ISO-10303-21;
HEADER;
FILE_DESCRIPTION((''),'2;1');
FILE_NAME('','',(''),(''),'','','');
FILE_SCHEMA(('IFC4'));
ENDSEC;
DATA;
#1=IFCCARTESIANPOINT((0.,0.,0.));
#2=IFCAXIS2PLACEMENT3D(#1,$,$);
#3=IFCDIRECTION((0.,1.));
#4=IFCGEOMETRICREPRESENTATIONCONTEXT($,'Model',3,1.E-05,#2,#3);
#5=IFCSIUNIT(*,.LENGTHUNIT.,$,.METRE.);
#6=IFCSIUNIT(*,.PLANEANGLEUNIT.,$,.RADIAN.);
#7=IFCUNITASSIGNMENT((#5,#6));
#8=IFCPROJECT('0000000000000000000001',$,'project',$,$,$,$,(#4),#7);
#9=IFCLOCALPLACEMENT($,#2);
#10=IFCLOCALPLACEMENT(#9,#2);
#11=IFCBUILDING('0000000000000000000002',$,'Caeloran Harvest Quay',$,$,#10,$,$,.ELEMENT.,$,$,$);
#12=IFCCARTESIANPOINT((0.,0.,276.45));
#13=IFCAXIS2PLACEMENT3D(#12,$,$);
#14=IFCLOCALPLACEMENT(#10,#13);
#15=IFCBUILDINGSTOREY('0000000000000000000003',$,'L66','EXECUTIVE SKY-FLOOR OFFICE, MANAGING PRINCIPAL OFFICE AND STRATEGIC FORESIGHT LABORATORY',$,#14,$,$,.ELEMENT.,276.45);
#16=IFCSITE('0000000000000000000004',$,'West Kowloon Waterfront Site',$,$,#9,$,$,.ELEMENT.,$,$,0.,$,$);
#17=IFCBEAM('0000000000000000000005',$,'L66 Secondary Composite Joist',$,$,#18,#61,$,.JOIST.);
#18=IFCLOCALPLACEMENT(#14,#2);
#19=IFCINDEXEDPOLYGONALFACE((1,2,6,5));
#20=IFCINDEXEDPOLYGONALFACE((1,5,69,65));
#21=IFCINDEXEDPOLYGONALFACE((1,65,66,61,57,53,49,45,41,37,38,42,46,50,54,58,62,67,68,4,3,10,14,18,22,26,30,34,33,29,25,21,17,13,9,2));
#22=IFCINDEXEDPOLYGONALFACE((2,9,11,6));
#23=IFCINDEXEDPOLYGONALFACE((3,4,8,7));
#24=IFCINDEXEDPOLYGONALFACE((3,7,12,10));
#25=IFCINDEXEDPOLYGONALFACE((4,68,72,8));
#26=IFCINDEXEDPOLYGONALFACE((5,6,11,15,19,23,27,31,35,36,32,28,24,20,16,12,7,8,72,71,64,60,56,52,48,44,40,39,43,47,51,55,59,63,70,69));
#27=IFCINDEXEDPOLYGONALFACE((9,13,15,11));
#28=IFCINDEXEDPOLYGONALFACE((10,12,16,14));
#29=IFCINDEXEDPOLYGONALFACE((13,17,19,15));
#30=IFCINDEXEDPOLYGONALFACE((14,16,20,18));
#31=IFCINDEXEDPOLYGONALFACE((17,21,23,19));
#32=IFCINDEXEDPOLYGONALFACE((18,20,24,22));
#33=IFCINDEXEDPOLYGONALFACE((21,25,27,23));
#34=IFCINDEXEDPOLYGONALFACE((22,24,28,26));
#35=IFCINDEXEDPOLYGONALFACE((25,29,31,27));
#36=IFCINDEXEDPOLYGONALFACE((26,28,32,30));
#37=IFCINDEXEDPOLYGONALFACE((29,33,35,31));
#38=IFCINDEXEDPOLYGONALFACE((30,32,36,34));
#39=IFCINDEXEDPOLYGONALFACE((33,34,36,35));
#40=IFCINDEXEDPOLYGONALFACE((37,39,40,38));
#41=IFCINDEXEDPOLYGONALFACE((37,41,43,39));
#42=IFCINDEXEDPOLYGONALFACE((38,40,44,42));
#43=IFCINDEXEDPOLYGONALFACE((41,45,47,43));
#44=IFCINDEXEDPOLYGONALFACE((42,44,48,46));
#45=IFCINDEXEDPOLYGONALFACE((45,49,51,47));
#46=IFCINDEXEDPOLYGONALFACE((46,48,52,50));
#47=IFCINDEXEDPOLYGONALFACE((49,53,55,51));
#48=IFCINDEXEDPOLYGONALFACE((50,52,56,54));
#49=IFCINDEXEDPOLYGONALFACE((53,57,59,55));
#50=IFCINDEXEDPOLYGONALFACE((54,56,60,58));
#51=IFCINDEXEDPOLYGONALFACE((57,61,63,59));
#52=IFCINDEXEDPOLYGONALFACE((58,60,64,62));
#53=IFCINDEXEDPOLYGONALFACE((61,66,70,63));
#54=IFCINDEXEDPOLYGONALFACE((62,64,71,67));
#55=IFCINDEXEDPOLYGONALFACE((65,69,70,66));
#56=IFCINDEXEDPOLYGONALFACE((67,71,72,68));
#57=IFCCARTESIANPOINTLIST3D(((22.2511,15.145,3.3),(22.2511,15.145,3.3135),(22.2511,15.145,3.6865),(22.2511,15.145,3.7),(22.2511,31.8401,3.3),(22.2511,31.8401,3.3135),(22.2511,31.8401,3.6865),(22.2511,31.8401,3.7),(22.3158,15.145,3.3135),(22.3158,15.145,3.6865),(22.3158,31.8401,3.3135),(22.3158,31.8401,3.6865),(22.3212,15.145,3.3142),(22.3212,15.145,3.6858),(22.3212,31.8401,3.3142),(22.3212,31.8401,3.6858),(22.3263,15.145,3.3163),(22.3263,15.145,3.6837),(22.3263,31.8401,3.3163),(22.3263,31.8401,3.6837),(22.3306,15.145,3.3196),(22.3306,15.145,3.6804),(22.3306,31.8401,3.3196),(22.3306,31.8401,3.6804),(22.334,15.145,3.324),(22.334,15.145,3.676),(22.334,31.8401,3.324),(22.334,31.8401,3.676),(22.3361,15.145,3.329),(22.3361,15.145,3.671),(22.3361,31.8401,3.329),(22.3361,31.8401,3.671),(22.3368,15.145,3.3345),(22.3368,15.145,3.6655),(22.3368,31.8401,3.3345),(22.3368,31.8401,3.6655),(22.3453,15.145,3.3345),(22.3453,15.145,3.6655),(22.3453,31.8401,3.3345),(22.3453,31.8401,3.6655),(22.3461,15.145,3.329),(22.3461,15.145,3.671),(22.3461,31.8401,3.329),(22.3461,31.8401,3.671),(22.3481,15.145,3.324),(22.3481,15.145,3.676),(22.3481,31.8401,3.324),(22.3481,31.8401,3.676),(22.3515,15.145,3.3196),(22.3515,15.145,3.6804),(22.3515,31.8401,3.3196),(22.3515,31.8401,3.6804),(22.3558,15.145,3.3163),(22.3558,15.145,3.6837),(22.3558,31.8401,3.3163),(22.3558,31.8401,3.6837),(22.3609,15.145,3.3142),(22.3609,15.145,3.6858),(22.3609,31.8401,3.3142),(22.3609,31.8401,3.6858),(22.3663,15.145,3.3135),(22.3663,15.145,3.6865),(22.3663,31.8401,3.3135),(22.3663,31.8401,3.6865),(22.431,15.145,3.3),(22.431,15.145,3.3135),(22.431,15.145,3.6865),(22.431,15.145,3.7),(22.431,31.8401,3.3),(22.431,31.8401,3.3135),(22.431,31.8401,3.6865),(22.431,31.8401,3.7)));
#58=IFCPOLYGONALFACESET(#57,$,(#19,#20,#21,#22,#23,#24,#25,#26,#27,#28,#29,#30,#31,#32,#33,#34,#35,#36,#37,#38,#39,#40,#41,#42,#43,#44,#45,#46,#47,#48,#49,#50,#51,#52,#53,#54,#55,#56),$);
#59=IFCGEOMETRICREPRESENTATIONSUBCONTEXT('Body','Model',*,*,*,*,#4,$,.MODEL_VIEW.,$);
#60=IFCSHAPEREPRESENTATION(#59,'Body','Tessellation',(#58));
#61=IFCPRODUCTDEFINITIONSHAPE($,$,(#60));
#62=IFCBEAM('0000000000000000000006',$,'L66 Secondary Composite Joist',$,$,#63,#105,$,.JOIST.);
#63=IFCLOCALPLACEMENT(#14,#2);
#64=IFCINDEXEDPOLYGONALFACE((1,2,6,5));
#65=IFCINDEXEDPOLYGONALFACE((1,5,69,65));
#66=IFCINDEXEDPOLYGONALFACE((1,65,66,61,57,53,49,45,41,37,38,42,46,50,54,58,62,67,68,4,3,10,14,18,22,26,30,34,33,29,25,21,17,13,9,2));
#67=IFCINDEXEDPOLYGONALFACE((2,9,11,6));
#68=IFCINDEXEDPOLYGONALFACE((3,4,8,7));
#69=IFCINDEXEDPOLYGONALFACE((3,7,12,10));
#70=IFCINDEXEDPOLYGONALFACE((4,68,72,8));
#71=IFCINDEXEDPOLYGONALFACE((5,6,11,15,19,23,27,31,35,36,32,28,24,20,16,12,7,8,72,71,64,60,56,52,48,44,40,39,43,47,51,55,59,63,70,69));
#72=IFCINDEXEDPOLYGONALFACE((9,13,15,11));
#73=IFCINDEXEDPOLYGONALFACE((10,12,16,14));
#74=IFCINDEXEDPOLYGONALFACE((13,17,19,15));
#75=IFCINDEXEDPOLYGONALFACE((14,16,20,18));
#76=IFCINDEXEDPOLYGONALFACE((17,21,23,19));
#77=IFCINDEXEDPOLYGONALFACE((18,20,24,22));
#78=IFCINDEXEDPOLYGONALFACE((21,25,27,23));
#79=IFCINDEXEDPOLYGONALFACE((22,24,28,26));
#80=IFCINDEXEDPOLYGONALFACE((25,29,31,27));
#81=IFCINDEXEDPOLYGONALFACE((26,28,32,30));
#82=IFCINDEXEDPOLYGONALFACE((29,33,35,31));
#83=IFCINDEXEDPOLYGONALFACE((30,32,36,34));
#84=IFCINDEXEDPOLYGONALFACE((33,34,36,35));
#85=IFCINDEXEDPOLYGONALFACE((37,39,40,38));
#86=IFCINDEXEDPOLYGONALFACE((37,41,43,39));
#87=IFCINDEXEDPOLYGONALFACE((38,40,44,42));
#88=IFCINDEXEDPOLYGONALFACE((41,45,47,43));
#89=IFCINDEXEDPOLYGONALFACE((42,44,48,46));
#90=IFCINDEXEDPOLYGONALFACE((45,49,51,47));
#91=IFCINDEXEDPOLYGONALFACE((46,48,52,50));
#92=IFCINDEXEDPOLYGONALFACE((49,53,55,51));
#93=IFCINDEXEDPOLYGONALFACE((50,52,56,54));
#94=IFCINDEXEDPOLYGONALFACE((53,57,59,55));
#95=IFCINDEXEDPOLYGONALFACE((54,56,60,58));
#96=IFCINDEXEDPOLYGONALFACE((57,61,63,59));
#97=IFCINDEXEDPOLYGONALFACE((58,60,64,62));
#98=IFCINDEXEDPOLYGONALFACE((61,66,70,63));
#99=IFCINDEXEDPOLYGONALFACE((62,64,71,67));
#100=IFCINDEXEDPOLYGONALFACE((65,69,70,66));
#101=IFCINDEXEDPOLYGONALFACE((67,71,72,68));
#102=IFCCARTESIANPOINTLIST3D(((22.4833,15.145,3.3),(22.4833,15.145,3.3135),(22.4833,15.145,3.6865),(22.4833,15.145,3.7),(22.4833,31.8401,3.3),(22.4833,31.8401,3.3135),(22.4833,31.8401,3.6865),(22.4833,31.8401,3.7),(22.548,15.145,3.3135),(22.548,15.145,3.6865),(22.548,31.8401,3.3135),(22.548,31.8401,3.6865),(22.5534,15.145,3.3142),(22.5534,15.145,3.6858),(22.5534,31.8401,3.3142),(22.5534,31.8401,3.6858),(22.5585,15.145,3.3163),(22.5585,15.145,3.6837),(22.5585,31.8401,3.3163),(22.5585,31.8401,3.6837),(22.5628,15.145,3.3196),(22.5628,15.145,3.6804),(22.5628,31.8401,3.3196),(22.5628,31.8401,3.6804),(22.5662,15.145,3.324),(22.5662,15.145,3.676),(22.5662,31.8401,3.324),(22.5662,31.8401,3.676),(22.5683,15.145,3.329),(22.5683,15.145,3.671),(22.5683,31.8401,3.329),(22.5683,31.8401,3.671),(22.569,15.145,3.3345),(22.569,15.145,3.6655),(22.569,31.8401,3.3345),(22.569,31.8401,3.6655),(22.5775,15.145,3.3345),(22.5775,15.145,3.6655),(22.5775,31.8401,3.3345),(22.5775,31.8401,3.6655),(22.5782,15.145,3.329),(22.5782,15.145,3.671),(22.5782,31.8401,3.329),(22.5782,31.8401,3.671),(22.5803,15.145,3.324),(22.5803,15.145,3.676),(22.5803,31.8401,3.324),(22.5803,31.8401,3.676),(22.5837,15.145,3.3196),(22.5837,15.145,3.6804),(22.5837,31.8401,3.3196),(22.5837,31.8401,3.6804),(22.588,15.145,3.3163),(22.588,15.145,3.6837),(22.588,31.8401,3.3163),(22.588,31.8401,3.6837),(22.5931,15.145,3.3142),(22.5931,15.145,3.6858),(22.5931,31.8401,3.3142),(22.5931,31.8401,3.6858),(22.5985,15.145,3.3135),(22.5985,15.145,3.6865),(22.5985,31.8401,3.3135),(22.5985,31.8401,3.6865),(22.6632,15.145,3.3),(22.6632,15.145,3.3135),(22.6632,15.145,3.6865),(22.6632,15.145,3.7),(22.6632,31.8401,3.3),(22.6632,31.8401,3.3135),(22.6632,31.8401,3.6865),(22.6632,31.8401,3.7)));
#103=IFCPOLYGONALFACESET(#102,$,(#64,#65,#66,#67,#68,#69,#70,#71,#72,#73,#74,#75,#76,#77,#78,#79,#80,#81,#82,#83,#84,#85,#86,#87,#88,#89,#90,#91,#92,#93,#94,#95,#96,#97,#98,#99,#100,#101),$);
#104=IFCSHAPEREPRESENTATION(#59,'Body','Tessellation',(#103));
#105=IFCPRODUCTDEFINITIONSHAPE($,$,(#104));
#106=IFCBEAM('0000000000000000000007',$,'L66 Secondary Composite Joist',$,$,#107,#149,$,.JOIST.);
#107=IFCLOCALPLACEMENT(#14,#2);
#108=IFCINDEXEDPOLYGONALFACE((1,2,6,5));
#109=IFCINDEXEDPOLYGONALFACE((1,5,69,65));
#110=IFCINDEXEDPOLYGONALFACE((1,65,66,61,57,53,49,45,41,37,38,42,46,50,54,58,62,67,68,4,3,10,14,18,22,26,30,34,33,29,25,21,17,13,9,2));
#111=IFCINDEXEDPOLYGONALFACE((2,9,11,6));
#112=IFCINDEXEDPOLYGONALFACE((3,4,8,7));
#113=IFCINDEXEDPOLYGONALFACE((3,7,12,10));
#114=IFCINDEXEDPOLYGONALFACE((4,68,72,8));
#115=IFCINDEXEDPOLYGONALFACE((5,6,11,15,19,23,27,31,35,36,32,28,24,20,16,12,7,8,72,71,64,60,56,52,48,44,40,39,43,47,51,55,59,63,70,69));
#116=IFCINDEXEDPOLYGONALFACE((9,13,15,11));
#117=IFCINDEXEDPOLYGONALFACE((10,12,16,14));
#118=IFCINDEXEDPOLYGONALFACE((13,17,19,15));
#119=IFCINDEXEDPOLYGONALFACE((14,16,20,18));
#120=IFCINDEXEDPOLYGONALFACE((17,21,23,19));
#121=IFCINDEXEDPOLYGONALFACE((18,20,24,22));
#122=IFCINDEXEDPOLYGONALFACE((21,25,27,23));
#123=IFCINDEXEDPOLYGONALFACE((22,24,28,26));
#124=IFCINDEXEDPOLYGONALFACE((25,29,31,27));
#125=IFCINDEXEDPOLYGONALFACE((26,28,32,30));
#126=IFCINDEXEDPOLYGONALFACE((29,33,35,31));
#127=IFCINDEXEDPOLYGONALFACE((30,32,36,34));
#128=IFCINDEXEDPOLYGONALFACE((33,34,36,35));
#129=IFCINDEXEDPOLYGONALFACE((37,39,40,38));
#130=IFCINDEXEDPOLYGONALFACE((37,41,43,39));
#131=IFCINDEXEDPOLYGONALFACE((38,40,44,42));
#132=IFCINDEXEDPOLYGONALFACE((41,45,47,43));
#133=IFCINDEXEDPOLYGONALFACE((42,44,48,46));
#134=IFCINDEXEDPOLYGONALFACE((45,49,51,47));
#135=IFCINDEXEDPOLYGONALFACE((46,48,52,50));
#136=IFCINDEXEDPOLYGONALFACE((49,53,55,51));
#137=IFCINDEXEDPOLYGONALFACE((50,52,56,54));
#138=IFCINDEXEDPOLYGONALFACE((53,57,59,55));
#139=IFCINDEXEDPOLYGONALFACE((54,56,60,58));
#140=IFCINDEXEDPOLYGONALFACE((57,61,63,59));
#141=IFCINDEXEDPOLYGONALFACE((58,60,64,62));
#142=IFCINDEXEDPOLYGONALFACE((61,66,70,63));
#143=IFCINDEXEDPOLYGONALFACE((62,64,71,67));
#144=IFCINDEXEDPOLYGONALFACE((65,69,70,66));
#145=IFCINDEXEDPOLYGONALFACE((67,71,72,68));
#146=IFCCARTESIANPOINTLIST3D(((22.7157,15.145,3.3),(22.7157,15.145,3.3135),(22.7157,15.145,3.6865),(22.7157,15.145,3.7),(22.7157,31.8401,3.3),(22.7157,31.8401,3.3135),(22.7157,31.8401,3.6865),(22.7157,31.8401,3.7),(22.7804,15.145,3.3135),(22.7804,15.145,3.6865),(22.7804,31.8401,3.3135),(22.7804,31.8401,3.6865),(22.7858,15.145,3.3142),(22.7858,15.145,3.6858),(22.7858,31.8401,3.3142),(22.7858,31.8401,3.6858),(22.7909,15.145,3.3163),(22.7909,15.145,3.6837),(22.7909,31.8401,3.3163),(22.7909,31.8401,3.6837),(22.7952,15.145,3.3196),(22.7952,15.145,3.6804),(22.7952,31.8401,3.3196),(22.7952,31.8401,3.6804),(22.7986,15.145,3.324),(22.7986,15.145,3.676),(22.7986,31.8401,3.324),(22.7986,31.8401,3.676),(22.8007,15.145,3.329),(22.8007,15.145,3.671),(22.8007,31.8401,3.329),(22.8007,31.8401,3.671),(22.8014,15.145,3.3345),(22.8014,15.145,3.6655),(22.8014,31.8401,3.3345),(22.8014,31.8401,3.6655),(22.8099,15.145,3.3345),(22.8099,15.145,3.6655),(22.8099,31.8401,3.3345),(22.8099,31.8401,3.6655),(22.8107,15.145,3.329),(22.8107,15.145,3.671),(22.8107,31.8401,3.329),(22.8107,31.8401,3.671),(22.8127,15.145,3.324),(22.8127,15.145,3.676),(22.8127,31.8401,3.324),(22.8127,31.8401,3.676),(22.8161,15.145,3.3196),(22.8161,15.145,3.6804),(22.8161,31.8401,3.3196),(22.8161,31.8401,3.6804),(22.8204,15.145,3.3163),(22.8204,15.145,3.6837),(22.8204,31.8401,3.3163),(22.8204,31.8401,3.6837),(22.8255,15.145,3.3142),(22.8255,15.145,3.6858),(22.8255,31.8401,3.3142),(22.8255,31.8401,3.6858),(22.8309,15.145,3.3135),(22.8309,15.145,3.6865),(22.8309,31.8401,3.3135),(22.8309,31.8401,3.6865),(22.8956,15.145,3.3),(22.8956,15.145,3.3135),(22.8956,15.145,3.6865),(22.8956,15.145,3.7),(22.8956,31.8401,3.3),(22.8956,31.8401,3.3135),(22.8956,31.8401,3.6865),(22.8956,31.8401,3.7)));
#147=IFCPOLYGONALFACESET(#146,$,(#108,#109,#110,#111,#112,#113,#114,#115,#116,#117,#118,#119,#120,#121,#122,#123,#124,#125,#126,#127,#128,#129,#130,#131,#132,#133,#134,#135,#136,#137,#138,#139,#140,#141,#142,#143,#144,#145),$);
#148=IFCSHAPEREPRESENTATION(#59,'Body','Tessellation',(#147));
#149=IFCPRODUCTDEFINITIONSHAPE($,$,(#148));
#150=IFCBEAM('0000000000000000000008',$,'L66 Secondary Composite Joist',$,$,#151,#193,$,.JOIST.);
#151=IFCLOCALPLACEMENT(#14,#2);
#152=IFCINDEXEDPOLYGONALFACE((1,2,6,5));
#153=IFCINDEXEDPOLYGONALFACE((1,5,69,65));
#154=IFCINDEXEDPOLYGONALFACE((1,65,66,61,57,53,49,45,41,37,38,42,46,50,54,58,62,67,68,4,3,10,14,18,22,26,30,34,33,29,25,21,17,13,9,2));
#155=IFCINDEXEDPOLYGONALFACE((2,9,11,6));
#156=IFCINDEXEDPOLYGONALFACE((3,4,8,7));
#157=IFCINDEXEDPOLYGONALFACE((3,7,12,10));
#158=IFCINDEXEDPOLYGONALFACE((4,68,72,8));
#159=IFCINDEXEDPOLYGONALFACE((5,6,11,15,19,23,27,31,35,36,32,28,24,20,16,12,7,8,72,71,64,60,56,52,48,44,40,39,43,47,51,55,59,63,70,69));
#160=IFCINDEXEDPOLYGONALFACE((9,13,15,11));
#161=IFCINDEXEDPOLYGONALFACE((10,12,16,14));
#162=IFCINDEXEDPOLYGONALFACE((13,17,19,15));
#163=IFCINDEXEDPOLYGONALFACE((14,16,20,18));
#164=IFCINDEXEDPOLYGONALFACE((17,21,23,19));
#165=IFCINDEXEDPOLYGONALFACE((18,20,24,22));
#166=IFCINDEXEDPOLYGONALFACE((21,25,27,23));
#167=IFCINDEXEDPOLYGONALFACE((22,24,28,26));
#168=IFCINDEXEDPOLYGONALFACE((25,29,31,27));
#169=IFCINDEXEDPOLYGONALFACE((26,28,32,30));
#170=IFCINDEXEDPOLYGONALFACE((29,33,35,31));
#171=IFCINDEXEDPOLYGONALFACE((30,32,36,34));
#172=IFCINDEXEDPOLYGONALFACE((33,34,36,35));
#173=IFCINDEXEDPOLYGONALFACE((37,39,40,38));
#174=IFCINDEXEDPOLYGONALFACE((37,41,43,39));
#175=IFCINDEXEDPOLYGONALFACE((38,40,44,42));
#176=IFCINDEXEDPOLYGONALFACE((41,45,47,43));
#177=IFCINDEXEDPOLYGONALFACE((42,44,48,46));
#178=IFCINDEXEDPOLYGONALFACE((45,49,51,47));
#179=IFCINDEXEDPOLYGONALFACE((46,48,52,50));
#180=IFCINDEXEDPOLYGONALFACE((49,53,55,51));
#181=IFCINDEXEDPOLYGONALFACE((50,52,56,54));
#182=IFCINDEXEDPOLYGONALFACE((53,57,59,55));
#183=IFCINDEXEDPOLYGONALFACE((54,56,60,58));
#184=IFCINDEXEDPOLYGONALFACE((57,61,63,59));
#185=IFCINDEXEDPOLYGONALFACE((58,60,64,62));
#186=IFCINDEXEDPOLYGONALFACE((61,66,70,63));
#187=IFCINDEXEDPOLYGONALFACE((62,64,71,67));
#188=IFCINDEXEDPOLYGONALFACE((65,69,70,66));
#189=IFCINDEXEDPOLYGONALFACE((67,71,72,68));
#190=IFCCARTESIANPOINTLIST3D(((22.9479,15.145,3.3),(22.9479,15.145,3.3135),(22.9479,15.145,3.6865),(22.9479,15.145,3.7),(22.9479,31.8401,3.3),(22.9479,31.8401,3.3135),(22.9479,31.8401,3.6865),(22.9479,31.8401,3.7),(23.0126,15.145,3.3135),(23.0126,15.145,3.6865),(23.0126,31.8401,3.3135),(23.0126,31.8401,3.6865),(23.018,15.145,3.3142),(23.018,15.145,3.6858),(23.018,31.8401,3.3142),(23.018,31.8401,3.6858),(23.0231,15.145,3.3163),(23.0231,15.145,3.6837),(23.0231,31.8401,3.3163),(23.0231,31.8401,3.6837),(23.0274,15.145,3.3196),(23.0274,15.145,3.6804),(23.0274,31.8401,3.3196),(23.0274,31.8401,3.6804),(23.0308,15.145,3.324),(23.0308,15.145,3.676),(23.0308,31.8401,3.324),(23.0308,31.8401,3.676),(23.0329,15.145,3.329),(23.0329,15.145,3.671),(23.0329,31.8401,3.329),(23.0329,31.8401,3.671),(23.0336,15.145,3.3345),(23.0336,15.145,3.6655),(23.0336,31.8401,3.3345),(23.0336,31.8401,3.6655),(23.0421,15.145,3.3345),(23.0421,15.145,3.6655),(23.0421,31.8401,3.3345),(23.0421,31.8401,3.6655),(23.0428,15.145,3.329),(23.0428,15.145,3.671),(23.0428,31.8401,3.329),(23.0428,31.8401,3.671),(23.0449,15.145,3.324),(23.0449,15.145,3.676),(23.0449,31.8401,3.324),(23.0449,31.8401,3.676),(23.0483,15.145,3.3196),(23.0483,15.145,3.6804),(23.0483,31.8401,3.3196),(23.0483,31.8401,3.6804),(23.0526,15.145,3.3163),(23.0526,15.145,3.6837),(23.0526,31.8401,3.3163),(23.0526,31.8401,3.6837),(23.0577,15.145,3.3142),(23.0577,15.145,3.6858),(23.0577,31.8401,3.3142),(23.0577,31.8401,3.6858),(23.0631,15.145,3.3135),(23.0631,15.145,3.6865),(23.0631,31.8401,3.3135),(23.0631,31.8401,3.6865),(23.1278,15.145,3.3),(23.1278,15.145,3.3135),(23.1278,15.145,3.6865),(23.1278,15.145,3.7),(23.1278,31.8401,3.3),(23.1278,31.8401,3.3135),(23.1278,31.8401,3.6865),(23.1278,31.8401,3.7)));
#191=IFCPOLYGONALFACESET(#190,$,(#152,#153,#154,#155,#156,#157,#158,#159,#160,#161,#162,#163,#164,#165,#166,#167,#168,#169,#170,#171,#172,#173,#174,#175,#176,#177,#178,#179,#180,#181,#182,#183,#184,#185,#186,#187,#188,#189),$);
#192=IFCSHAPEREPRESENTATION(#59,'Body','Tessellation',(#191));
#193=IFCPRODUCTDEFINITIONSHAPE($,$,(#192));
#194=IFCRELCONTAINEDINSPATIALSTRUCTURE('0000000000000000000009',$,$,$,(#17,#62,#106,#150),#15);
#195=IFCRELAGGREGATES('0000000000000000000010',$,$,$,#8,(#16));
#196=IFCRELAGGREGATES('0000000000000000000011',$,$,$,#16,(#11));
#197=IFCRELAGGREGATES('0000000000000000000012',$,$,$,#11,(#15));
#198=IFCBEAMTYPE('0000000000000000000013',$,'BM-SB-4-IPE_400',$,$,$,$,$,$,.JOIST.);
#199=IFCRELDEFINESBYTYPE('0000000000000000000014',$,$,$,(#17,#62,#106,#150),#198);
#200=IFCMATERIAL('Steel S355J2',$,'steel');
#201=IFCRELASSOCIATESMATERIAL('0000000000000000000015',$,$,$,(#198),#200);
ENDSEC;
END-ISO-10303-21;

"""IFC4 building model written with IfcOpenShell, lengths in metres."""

from ifc_helpers import new_model, si_unit, direction, frame, origin, origin_2d, place, context, subcontext, project, spatial, i_section, extrude, material, material_profile, profile_set, type_object, element, save


model = new_model("IFC4")

# Units and contexts
model_context = context("Model", 3, precision=1e-05, world=origin(), true_north=direction((0.0, 1.0)))
body_context = subcontext(model_context, "Body", "Model", "MODEL_VIEW")
ifc_project = project(units=[si_unit("LENGTHUNIT", "METRE"), si_unit("PLANEANGLEUNIT", "RADIAN")], contexts=[model_context])

# Site, building, storey
site_placement = place(None, origin())
site = spatial("IfcSite", under=ifc_project, at=site_placement, Name="West Kowloon Waterfront Site", CompositionType="ELEMENT", RefElevation=0.0)
building_placement = place(site_placement, origin())
building = spatial("IfcBuilding", under=site, at=building_placement, Name="Caeloran Harvest Quay", CompositionType="ELEMENT")
storey_placement = place(building_placement, frame((0.0, 0.0, 276.45)))
storey = spatial("IfcBuildingStorey", under=building, at=storey_placement, Name="L66", Description="EXECUTIVE SKY-FLOOR OFFICE, MANAGING PRINCIPAL OFFICE AND STRATEGIC FORESIGHT LABORATORY", CompositionType="ELEMENT", Elevation=276.45)

# Beams
ifc_material_1 = material(Name="Steel S355J2", Category="steel")
ifc_material_profile_1 = material_profile(ifc_material_1, i_section(OverallWidth=0.1799, OverallDepth=0.3999, WebThickness=0.0085, FlangeThickness=0.0134, FilletRadius=0.021, at=origin_2d()), Name="IPE 400")
ifc_profile_set_1 = profile_set([ifc_material_profile_1], Name="Steel S355J2")
beam_type_1 = type_object("IfcBeamType", Name="BM-SB-4-IPE_400", PredefinedType="JOIST", material=ifc_profile_set_1)
for number, where, z_axis, x_axis, name in (
    (1, (22.3411, 15.145, 3.5), (0.0, 1.0, 0.0), (-1.0, 0.0, 0.0), "L66 Secondary Composite Joist"),
    (2, (22.5732, 15.145, 3.5), (0.0, 1.0, 0.0), (-1.0, 0.0, 0.0), "L66 Secondary Composite Joist"),
    (3, (22.8057, 15.145, 3.5), (0.0, 1.0, 0.0), (-1.0, 0.0, 0.0), "L66 Secondary Composite Joist"),
    (4, (23.0378, 15.145, 3.5), (0.0, 1.0, 0.0), (-1.0, 0.0, 0.0), "L66 Secondary Composite Joist"),
):
    element("IfcBeam", number, at=place(storey_placement, frame(where, z_axis=z_axis, x_axis=x_axis)), inside=storey, type_object=beam_type_1, Name=name, PredefinedType="JOIST", context=body_context, shape_type="SweptSolid", body=[
        extrude(i_section(OverallWidth=0.1799, OverallDepth=0.3999, WebThickness=0.0085, FlangeThickness=0.0134, FilletRadius=0.021, at=origin_2d()), origin(), (0.0, 0.0, 1.0), 16.6951),
    ])

save(model, "model.ifc")
